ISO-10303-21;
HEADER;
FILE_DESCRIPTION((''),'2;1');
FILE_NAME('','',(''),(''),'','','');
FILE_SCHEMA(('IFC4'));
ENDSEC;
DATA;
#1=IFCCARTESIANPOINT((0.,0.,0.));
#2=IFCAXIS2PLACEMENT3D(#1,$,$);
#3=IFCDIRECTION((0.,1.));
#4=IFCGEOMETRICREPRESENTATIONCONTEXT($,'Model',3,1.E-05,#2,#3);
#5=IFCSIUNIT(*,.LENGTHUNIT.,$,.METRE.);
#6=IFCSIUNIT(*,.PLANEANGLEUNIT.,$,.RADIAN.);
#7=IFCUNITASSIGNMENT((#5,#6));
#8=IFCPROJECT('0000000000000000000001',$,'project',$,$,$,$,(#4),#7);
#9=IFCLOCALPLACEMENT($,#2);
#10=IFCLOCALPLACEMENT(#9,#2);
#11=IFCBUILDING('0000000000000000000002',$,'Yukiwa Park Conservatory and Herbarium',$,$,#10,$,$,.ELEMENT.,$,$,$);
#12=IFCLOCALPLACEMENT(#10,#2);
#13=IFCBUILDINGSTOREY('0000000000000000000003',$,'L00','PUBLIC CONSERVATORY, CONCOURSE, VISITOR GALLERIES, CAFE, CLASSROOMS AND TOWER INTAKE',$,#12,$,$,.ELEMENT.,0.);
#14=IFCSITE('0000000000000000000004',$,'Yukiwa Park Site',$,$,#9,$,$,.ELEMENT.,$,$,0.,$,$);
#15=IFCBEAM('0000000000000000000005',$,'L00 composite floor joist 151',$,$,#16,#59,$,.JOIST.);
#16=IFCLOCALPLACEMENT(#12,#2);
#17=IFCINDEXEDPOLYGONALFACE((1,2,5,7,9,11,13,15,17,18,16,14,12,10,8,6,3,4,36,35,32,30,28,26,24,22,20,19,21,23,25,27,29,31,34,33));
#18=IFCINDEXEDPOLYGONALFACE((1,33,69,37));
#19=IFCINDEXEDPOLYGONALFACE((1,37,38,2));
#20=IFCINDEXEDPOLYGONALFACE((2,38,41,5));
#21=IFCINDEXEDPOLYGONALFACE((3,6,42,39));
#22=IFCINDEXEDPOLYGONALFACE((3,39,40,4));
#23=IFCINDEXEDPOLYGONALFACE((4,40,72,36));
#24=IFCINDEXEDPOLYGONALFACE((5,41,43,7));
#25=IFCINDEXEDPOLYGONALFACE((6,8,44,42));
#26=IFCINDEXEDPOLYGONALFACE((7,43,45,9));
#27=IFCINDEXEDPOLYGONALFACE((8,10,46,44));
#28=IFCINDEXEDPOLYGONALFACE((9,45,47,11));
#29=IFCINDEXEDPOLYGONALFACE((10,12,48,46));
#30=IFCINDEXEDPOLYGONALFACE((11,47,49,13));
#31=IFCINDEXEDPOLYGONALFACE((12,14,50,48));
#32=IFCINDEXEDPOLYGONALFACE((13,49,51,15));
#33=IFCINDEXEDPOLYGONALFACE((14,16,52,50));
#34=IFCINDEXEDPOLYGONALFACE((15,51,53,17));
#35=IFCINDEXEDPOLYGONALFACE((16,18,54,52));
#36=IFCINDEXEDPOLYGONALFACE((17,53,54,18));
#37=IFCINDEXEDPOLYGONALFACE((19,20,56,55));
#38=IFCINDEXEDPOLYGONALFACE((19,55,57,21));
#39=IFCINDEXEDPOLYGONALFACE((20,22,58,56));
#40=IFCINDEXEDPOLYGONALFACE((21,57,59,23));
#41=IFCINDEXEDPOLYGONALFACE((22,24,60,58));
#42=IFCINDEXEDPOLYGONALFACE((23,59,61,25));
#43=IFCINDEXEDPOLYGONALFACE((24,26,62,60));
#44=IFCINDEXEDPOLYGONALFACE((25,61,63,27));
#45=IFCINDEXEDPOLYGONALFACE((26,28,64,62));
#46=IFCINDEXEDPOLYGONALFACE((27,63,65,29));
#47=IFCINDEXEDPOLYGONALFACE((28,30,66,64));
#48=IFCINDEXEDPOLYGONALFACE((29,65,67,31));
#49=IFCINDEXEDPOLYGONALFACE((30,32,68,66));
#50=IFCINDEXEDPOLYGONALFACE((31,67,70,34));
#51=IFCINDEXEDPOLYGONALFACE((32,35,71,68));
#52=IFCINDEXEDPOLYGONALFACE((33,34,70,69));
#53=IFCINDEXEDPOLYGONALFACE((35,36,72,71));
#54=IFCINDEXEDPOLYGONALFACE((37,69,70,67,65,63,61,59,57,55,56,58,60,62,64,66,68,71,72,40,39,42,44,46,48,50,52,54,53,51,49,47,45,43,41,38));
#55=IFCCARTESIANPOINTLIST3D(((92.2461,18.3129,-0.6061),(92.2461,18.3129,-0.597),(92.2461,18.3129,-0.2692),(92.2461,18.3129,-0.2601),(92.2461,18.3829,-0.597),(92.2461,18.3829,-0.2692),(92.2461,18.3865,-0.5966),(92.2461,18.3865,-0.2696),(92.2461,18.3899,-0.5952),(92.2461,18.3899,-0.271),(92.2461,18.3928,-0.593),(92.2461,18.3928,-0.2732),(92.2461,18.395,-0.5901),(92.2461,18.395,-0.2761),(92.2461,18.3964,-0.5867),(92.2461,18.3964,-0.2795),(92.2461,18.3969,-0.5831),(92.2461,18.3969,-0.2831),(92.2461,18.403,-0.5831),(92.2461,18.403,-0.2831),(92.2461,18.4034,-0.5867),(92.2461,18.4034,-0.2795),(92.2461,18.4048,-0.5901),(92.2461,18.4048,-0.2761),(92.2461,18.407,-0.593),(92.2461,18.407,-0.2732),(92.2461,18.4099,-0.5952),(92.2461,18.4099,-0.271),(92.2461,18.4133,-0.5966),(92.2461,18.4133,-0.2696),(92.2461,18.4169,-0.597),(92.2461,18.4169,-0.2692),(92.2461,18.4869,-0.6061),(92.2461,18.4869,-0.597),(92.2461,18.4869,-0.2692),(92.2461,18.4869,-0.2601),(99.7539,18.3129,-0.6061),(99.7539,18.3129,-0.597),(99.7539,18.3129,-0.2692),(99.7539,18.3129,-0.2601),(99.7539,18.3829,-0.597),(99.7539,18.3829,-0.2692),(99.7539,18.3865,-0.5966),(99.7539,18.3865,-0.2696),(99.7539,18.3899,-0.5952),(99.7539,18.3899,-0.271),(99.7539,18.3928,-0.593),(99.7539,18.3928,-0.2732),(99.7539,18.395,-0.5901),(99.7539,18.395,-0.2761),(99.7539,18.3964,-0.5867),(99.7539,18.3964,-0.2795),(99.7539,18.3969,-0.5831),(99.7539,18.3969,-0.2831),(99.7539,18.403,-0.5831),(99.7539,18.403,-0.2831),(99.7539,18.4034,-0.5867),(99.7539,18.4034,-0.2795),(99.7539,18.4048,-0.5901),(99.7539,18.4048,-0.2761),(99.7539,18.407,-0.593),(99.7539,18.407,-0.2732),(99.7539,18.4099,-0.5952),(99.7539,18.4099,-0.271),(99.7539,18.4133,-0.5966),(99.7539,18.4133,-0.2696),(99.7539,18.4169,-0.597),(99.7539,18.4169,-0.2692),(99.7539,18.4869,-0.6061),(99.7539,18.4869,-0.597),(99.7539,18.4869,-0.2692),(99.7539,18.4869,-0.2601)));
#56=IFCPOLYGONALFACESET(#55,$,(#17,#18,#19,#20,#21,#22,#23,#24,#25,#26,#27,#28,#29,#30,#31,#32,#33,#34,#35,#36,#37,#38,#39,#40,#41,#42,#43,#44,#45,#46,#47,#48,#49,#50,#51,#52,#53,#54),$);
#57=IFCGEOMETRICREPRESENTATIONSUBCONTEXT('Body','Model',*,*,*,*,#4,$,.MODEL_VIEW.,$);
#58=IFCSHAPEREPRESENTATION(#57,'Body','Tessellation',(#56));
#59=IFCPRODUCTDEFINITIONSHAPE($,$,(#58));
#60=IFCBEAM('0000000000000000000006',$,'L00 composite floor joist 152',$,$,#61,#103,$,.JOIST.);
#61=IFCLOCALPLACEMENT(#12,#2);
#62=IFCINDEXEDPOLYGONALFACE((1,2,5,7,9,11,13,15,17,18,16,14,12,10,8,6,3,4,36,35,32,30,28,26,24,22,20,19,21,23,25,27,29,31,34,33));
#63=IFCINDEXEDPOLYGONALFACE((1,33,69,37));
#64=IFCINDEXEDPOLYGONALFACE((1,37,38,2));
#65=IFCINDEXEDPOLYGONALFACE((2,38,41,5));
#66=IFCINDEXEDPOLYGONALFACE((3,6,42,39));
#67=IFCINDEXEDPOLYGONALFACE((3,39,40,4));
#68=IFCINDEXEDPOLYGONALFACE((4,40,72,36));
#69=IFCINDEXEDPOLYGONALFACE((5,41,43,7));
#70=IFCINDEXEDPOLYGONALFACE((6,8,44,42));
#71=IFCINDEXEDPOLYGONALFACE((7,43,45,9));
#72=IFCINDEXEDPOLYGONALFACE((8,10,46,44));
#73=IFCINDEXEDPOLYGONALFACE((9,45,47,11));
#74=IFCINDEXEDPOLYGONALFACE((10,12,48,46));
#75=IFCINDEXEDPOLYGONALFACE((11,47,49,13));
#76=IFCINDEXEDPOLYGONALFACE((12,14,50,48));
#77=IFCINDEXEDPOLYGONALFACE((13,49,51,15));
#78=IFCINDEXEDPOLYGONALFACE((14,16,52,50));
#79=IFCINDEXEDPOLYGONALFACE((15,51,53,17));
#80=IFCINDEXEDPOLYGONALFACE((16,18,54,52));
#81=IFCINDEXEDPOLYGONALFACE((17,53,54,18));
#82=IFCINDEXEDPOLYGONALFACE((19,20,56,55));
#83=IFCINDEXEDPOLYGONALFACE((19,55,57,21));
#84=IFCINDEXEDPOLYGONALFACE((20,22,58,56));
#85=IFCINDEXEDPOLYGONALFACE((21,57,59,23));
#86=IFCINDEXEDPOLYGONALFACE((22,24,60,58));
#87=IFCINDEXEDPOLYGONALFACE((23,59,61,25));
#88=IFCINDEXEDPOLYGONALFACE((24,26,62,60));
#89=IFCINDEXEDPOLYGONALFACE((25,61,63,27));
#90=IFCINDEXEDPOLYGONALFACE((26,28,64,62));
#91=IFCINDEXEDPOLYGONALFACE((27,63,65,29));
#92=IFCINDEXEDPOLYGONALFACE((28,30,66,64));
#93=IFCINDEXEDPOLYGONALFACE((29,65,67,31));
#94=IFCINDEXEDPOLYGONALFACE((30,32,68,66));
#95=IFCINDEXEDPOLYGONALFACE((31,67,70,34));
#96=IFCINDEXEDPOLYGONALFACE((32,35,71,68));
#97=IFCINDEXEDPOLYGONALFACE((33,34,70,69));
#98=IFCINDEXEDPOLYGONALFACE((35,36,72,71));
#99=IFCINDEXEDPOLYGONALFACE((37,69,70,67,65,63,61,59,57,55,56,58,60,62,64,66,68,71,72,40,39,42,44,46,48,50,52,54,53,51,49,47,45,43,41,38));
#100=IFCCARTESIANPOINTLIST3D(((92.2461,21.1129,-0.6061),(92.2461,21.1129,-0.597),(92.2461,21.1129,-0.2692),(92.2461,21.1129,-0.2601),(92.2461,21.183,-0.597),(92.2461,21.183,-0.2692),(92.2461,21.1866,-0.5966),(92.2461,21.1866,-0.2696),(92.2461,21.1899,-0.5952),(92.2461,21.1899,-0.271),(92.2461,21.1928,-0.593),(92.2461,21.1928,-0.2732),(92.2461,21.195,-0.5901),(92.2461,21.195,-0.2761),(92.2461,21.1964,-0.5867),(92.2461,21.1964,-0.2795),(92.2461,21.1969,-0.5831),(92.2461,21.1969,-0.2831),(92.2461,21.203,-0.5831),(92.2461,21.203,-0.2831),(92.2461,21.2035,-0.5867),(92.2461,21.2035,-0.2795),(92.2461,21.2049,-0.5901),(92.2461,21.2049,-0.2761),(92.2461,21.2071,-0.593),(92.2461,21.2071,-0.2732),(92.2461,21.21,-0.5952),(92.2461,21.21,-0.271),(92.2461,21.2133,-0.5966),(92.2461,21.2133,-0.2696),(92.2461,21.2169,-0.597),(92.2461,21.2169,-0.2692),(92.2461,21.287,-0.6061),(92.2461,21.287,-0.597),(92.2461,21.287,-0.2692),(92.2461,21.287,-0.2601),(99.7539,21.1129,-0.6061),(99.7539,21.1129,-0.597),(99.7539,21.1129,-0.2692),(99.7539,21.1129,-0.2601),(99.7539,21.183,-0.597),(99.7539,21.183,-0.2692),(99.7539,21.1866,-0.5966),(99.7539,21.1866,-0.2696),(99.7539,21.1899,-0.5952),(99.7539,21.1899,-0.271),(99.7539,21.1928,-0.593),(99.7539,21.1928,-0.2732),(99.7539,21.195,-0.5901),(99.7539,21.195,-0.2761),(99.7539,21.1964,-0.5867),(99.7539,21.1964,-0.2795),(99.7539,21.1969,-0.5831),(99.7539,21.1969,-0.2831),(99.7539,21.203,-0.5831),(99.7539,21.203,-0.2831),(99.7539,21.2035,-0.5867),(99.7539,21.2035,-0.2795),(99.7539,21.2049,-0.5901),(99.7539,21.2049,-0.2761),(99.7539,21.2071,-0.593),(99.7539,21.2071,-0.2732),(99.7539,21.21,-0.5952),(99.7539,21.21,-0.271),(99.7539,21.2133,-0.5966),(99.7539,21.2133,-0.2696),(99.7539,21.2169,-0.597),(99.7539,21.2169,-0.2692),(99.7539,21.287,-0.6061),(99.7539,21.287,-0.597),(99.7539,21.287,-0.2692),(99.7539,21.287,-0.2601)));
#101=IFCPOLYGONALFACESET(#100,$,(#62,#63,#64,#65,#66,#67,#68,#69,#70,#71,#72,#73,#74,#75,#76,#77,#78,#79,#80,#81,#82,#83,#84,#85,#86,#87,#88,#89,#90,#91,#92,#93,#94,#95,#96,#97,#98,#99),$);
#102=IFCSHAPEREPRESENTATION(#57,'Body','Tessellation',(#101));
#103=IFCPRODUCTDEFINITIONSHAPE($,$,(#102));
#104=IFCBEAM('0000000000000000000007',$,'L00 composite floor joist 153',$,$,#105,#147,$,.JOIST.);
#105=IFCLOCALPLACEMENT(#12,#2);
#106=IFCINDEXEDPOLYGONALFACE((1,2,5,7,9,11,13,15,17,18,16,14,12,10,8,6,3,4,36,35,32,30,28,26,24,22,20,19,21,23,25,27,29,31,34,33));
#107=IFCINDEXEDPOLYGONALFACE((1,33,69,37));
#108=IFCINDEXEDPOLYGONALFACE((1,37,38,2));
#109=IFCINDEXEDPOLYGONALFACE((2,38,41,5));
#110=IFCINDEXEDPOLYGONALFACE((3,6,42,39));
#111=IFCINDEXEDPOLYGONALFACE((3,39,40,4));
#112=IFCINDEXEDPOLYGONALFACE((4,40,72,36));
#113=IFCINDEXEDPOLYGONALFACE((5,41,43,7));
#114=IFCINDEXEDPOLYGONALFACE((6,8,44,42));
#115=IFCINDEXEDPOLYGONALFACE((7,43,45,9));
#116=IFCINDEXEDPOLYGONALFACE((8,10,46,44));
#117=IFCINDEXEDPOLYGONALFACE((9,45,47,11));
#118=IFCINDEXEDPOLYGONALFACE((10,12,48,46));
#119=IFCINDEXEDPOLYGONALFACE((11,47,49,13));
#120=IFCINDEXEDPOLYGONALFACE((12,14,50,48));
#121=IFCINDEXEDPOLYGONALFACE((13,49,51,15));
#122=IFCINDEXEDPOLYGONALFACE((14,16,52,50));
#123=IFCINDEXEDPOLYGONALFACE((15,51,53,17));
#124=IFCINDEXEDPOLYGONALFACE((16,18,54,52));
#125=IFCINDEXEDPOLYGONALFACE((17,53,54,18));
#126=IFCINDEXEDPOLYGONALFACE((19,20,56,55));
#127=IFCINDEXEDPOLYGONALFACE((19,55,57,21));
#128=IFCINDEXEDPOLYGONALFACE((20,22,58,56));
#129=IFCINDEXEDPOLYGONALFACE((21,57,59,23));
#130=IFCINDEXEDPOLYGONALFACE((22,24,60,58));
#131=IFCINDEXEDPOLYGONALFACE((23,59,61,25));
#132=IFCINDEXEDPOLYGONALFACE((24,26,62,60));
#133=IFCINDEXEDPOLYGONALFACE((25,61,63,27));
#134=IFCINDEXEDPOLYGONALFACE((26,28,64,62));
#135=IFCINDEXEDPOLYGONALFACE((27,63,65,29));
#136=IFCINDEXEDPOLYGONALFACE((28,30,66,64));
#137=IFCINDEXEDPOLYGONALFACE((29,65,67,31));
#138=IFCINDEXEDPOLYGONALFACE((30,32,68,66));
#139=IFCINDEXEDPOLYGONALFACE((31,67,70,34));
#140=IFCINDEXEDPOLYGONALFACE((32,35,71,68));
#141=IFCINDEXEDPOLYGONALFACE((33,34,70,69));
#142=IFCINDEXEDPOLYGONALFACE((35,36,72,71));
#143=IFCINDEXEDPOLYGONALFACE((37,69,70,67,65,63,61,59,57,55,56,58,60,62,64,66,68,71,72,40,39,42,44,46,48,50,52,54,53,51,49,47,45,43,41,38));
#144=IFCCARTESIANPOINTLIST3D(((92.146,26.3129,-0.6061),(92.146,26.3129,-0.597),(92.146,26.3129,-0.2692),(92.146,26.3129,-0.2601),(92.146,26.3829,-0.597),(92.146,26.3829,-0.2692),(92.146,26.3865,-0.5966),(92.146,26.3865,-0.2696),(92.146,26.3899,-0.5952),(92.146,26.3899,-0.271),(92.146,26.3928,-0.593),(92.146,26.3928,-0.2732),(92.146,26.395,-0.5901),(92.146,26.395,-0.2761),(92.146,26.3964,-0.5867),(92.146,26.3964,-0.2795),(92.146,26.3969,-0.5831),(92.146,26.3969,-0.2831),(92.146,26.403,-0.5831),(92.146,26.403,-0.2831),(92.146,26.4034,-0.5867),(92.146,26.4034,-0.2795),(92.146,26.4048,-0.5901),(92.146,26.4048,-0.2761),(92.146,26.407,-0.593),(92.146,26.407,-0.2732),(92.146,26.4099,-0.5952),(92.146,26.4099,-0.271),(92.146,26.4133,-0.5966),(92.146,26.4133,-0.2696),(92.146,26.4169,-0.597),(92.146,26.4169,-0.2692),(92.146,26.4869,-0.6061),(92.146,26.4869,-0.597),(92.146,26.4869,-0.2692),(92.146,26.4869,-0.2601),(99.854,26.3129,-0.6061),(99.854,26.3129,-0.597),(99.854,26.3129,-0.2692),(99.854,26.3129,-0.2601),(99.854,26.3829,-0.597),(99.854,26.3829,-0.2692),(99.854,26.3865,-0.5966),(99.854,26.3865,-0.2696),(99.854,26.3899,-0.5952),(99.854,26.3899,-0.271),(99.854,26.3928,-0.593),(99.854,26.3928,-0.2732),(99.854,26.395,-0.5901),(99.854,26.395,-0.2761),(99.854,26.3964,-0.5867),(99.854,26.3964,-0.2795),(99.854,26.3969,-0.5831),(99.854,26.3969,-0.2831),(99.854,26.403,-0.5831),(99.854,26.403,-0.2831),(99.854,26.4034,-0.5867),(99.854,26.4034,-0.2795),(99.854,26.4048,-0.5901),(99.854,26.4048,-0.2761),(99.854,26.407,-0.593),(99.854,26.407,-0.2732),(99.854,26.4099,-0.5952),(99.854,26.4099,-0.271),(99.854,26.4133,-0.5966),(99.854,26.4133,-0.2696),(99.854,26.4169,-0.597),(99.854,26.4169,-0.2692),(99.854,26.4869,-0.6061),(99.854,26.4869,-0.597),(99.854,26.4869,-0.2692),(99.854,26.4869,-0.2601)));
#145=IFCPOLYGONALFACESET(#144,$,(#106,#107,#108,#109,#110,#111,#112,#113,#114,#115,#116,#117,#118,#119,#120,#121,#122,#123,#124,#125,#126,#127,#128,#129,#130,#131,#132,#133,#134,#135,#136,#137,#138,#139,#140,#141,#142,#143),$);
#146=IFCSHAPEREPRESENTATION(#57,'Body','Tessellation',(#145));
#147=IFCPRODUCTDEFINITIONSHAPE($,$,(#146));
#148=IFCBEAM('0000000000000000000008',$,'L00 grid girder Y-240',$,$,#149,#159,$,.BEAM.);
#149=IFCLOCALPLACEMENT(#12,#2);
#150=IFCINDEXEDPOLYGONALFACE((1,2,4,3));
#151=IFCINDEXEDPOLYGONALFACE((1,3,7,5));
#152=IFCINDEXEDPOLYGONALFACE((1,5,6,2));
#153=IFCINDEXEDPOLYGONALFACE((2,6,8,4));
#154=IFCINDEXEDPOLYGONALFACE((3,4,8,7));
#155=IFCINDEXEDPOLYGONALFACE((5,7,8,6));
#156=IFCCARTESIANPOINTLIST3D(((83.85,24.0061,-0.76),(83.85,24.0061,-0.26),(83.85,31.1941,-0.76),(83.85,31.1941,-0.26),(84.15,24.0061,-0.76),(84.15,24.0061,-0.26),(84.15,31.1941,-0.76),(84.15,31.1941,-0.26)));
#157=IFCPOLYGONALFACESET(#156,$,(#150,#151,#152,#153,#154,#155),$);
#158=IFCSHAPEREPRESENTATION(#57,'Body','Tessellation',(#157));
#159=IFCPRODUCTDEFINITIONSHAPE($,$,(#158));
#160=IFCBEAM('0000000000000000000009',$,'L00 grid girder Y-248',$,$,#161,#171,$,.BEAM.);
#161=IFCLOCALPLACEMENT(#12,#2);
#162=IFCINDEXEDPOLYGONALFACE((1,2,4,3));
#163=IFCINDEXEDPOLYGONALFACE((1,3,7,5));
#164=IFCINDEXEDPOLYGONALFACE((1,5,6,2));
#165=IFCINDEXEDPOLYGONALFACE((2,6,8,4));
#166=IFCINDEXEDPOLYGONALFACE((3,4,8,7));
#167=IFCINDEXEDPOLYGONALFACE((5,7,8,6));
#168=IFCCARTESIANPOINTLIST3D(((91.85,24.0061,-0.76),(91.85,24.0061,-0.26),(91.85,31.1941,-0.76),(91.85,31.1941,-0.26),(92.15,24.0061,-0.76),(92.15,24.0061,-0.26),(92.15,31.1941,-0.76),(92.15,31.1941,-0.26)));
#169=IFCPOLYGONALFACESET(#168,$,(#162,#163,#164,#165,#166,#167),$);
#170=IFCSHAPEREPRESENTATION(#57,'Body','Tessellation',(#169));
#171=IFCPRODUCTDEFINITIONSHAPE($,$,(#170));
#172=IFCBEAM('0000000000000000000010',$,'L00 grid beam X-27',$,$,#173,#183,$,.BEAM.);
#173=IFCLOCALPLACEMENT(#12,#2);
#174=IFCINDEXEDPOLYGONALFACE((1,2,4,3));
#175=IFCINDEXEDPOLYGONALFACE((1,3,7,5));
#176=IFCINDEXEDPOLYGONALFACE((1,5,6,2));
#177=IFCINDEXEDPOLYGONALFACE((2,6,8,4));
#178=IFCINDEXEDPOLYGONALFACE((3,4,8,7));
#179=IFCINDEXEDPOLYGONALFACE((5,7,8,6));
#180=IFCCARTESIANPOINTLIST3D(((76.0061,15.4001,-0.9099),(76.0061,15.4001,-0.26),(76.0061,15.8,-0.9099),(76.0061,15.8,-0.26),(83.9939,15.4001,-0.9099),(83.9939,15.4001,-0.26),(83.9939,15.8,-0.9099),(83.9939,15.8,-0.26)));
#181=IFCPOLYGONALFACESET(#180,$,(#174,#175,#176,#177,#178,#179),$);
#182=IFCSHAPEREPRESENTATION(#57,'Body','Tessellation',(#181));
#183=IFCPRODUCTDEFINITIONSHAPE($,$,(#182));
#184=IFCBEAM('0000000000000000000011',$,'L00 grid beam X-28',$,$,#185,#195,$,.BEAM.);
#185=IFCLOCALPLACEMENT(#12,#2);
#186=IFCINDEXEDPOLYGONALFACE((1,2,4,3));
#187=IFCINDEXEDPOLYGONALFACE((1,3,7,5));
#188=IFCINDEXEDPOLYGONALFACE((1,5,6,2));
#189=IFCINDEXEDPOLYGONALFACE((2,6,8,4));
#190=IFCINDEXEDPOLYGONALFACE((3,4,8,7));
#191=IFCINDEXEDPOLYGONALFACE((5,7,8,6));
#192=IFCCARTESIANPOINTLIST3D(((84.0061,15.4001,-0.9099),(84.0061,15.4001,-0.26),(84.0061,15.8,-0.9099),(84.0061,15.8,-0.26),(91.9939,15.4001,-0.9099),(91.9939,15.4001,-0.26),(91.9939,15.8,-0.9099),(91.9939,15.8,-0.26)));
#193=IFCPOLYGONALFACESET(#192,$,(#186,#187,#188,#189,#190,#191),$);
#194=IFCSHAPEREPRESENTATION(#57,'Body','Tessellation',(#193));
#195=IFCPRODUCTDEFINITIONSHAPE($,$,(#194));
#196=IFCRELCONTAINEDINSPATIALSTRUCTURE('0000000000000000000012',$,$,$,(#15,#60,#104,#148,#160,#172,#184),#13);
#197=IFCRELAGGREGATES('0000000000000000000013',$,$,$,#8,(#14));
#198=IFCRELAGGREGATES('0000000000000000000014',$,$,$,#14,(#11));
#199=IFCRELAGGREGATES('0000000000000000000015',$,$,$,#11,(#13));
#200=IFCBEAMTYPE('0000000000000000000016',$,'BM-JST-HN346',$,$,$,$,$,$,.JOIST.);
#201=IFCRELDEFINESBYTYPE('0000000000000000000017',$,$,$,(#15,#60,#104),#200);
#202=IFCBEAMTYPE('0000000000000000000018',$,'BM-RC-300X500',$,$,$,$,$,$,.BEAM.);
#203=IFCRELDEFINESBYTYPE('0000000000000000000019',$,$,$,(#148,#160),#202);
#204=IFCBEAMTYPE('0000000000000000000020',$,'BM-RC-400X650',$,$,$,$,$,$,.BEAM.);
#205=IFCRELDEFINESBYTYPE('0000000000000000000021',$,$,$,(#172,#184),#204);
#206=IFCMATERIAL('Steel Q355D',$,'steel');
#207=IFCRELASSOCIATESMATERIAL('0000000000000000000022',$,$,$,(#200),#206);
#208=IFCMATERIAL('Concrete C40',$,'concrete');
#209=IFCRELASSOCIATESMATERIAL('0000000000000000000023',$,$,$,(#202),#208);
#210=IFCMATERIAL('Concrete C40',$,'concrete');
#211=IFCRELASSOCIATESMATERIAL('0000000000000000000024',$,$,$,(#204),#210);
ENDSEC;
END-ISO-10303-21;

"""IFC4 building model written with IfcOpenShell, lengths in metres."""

from ifc_helpers import new_model, si_unit, direction, frame, origin, origin_2d, place, context, subcontext, project, spatial, rectangle, i_section, extrude, material, material_profile, profile_set, type_object, element, save


model = new_model("IFC4")

# Units and contexts
model_context = context("Model", 3, precision=1e-05, world=origin(), true_north=direction((0.0, 1.0)))
body_context = subcontext(model_context, "Body", "Model", "MODEL_VIEW")
ifc_project = project(units=[si_unit("LENGTHUNIT", "METRE"), si_unit("PLANEANGLEUNIT", "RADIAN")], contexts=[model_context])

# Site, building, storey
site_placement = place(None, origin())
site = spatial("IfcSite", under=ifc_project, at=site_placement, Name="Yukiwa Park Site", CompositionType="ELEMENT", RefElevation=0.0)
building_placement = place(site_placement, origin())
building = spatial("IfcBuilding", under=site, at=building_placement, Name="Yukiwa Park Conservatory and Herbarium", CompositionType="ELEMENT")
storey_placement = place(building_placement, origin())
storey = spatial("IfcBuildingStorey", under=building, at=storey_placement, Name="L00", Description="PUBLIC CONSERVATORY, CONCOURSE, VISITOR GALLERIES, CAFE, CLASSROOMS AND TOWER INTAKE", CompositionType="ELEMENT", Elevation=0.0)

# Beams
ifc_material_1 = material(Name="Steel Q355D", Category="steel")
ifc_material_profile_1 = material_profile(ifc_material_1, i_section(OverallWidth=0.1741, OverallDepth=0.3459, WebThickness=0.0061, FlangeThickness=0.009, FilletRadius=0.0139, at=origin_2d()), Name="HN 346x174x6x9")
ifc_profile_set_1 = profile_set([ifc_material_profile_1], Name="Steel Q355D")
beam_type_1 = type_object("IfcBeamType", Name="BM-JST-HN346", PredefinedType="JOIST", material=ifc_profile_set_1)
for number, where, z_axis, x_axis, name in (
    (1, (92.2461, 18.3999, -0.4331), (1.0, 0.0, 0.0), (0.0, 1.0, 0.0), "L00 composite floor joist 151"),
    (2, (92.2461, 21.2, -0.4331), (1.0, 0.0, 0.0), (0.0, 1.0, 0.0), "L00 composite floor joist 152"),
):
    element("IfcBeam", number, at=place(storey_placement, frame(where, z_axis=z_axis, x_axis=x_axis)), inside=storey, type_object=beam_type_1, Name=name, PredefinedType="JOIST", context=body_context, shape_type="SweptSolid", body=[
        extrude(i_section(OverallWidth=0.1741, OverallDepth=0.3459, WebThickness=0.0061, FlangeThickness=0.009, FilletRadius=0.0139, at=origin_2d()), origin(), (0.0, 0.0, 1.0), 7.5078),
    ])
beam_1_placement = place(storey_placement, frame((92.146, 26.3999, -0.4331), z_axis=(1.0, 0.0, 0.0), x_axis=(0.0, 1.0, 0.0)))
element("IfcBeam", 3, at=beam_1_placement, inside=storey, type_object=beam_type_1, Name="L00 composite floor joist 153", PredefinedType="JOIST", context=body_context, shape_type="SweptSolid", body=[
    extrude(i_section(OverallWidth=0.1741, OverallDepth=0.3459, WebThickness=0.0061, FlangeThickness=0.009, FilletRadius=0.0139, at=origin_2d()), origin(), (0.0, 0.0, 1.0), 7.708),
])
ifc_material_2 = material(Name="Concrete C40", Category="concrete")
ifc_material_profile_2 = material_profile(ifc_material_2, rectangle(XDim=0.3, YDim=0.5, at=origin_2d()), Name="RC 300x500")
ifc_profile_set_2 = profile_set([ifc_material_profile_2], Name="Concrete C40")
beam_type_2 = type_object("IfcBeamType", Name="BM-RC-300X500", PredefinedType="BEAM", material=ifc_profile_set_2)
for number, where, z_axis, x_axis, name in (
    (4, (84.0, 24.0061, -0.51), (0.0, 1.0, 0.0), (-1.0, 0.0, 0.0), "L00 grid girder Y-240"),
    (5, (92.0, 24.0061, -0.51), (0.0, 1.0, 0.0), (-1.0, 0.0, 0.0), "L00 grid girder Y-248"),
):
    element("IfcBeam", number, at=place(storey_placement, frame(where, z_axis=z_axis, x_axis=x_axis)), inside=storey, type_object=beam_type_2, Name=name, PredefinedType="BEAM", context=body_context, shape_type="SweptSolid", body=[
        extrude(rectangle(XDim=0.3, YDim=0.5, at=origin_2d()), origin(), (0.0, 0.0, 1.0), 7.188),
    ])
ifc_material_3 = material(Name="Concrete C40", Category="concrete")
ifc_material_profile_3 = material_profile(ifc_material_3, rectangle(XDim=0.3999, YDim=0.6499, at=origin_2d()), Name="RC 400x650")
ifc_profile_set_3 = profile_set([ifc_material_profile_3], Name="Concrete C40")
beam_type_3 = type_object("IfcBeamType", Name="BM-RC-400X650", PredefinedType="BEAM", material=ifc_profile_set_3)
for number, where, z_axis, x_axis, name in (
    (6, (76.0061, 15.6001, -0.585), (1.0, 0.0, 0.0), (0.0, 1.0, 0.0), "L00 grid beam X-27"),
    (7, (84.0061, 15.6001, -0.585), (1.0, 0.0, 0.0), (0.0, 1.0, 0.0), "L00 grid beam X-28"),
):
    element("IfcBeam", number, at=place(storey_placement, frame(where, z_axis=z_axis, x_axis=x_axis)), inside=storey, type_object=beam_type_3, Name=name, PredefinedType="BEAM", context=body_context, shape_type="SweptSolid", body=[
        extrude(rectangle(XDim=0.3999, YDim=0.6499, at=origin_2d()), origin(), (0.0, 0.0, 1.0), 7.9878),
    ])

save(model, "model.ifc")
